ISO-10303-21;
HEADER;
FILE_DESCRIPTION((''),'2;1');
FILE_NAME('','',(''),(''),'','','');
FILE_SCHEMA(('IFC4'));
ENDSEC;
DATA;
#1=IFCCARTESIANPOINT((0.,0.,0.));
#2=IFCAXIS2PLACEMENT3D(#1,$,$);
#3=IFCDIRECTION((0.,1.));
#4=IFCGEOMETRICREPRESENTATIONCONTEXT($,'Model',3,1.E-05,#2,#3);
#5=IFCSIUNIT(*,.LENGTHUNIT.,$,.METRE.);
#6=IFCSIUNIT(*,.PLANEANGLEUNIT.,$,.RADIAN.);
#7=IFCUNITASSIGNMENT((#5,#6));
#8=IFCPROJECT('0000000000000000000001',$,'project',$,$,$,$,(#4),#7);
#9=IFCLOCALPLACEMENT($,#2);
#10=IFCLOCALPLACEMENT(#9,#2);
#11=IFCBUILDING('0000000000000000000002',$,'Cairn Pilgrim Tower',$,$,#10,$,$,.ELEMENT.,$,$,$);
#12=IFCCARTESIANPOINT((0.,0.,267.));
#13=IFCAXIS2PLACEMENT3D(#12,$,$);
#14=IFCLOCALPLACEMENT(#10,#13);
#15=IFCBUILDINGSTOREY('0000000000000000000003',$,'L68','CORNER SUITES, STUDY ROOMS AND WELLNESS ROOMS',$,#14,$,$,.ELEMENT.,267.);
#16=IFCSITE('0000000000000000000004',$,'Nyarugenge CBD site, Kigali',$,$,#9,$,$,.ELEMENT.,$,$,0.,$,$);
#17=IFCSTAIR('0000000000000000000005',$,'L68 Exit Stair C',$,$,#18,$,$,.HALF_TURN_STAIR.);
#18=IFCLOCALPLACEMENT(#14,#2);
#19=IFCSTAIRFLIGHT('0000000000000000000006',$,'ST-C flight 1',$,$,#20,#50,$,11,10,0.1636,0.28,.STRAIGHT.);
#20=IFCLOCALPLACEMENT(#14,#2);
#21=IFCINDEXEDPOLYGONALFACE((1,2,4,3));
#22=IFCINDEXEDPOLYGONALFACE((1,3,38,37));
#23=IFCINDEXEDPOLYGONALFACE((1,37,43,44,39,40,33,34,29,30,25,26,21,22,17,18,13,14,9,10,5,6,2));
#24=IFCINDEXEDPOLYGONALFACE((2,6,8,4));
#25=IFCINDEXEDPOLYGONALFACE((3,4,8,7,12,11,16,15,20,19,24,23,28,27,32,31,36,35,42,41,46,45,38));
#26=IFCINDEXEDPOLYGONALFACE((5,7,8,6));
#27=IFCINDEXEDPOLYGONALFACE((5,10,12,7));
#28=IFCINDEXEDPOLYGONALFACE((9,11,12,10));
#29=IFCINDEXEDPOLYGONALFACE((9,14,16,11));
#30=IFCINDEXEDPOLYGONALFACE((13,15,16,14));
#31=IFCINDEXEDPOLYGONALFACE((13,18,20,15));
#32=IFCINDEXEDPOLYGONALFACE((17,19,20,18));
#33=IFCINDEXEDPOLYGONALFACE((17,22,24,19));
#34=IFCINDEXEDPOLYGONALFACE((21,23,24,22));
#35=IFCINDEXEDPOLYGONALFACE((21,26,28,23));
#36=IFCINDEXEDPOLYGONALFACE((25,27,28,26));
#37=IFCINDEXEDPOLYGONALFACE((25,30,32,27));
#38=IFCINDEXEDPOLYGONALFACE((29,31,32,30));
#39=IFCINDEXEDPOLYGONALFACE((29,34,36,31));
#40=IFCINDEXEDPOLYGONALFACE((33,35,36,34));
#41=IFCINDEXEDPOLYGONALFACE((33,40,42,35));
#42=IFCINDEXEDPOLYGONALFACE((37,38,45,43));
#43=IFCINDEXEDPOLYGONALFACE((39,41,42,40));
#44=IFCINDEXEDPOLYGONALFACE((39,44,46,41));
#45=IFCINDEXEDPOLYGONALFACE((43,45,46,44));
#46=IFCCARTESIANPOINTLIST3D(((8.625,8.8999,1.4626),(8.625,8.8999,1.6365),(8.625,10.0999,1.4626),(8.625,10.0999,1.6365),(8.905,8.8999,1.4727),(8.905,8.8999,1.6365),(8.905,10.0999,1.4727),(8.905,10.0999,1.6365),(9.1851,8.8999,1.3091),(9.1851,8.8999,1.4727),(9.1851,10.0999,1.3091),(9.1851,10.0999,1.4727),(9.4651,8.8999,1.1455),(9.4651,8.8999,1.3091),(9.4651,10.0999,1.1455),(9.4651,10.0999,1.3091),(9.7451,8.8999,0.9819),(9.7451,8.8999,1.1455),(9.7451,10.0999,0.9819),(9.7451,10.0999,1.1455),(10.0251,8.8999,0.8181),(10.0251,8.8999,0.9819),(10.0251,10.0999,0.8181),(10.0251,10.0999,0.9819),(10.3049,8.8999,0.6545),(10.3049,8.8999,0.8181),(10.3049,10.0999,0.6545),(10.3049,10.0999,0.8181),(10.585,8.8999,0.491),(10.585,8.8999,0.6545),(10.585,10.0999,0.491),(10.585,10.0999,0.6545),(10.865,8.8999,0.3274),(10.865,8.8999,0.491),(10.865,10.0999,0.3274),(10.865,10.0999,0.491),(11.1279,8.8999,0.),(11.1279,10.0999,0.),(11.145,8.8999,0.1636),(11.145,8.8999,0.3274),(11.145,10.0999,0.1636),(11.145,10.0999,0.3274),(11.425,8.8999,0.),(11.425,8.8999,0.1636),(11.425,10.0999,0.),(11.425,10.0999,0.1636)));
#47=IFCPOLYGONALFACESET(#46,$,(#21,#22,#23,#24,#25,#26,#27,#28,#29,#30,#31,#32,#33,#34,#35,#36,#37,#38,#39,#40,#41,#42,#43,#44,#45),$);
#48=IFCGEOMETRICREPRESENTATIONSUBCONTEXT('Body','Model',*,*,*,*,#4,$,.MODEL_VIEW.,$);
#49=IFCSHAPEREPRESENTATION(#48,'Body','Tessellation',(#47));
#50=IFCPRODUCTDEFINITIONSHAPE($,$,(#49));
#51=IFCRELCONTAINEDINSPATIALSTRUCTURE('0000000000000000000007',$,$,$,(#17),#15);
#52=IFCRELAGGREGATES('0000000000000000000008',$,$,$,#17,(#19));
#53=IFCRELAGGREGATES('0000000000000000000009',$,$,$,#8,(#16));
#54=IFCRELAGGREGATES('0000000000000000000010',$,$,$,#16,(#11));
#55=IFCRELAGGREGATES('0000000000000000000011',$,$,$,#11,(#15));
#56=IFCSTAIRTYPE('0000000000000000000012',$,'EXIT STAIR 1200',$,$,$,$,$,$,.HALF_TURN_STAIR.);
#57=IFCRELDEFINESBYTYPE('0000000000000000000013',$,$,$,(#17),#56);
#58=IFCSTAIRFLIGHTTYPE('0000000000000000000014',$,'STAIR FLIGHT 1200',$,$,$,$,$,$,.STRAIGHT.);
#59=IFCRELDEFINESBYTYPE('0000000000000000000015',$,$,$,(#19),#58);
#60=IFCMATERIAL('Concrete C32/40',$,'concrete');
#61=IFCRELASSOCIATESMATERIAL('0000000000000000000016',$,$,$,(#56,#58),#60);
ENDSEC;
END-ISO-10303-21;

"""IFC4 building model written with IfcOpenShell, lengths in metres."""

from ifc_helpers import new_model, si_unit, direction, frame, origin, place, context, subcontext, project, spatial, polyline, outline, extrude, material, type_object, element, aggregate, save


model = new_model("IFC4")

# Units and contexts
model_context = context("Model", 3, precision=1e-05, world=origin(), true_north=direction((0.0, 1.0)))
body_context = subcontext(model_context, "Body", "Model", "MODEL_VIEW")
ifc_project = project(units=[si_unit("LENGTHUNIT", "METRE"), si_unit("PLANEANGLEUNIT", "RADIAN")], contexts=[model_context])

# Site, building, storey
site_placement = place(None, origin())
site = spatial("IfcSite", under=ifc_project, at=site_placement, Name="Nyarugenge CBD site, Kigali", CompositionType="ELEMENT", RefElevation=0.0)
building_placement = place(site_placement, origin())
building = spatial("IfcBuilding", under=site, at=building_placement, Name="Cairn Pilgrim Tower", CompositionType="ELEMENT")
storey_placement = place(building_placement, frame((0.0, 0.0, 267.0)))
storey = spatial("IfcBuildingStorey", under=building, at=storey_placement, Name="L68", Description="CORNER SUITES, STUDY ROOMS AND WELLNESS ROOMS", CompositionType="ELEMENT", Elevation=267.0)

# Shared definitions
ifc_material_1 = material(Name="Concrete C32/40", Category="concrete")

# Stair, stair flight
stair_type = type_object("IfcStairType", Name="EXIT STAIR 1200", PredefinedType="HALF_TURN_STAIR", material=ifc_material_1)
stair_placement = place(storey_placement, origin())
stair = element("IfcStair", 1, at=stair_placement, inside=storey, type_object=stair_type, Name="L68 Exit Stair C", PredefinedType="HALF_TURN_STAIR")
stair_flight_type = type_object("IfcStairFlightType", Name="STAIR FLIGHT 1200", PredefinedType="STRAIGHT", material=ifc_material_1)
stair_flight_placement = place(storey_placement, frame((11.425, 9.5, 0.0), z_axis=(0.0, 0.0, 1.0), x_axis=(-1.0, 0.0, 0.0)))
stair_flight = element("IfcStairFlight", 2, at=stair_flight_placement, type_object=stair_flight_type, Name="ST-C flight 1", NumberOfRisers=11, NumberOfTreads=10, PredefinedType="STRAIGHT", RiserHeight=0.1636, TreadLength=0.28, context=body_context, shape_type="SweptSolid", body=[
    extrude(outline(polyline([(0.0, 0.0), (0.0, 0.1636), (0.28, 0.1636), (0.28, 0.3274), (0.5601, 0.3274), (0.5601, 0.491), (0.8401, 0.491), (0.8401, 0.6545), (1.1201, 0.6545), (1.1201, 0.8181), (1.3999, 0.8181), (1.3999, 0.9819), (1.6799, 0.9819), (1.6799, 1.1455), (1.96, 1.1455), (1.96, 1.3091), (2.24, 1.3091), (2.24, 1.4727), (2.52, 1.4727), (2.52, 1.6365), (2.8, 1.6365), (2.8, 1.8), (2.8, 1.4626), (0.2971, 0.0), (0.0, 0.0)])), frame((0.0, 0.6001, 0.0), z_axis=(0.0, -1.0, 0.0), x_axis=(1.0, 0.0, 0.0)), (0.0, 0.0, 1.0), 1.2),
])
aggregate(stair, [stair_flight])

save(model, "model.ifc")
